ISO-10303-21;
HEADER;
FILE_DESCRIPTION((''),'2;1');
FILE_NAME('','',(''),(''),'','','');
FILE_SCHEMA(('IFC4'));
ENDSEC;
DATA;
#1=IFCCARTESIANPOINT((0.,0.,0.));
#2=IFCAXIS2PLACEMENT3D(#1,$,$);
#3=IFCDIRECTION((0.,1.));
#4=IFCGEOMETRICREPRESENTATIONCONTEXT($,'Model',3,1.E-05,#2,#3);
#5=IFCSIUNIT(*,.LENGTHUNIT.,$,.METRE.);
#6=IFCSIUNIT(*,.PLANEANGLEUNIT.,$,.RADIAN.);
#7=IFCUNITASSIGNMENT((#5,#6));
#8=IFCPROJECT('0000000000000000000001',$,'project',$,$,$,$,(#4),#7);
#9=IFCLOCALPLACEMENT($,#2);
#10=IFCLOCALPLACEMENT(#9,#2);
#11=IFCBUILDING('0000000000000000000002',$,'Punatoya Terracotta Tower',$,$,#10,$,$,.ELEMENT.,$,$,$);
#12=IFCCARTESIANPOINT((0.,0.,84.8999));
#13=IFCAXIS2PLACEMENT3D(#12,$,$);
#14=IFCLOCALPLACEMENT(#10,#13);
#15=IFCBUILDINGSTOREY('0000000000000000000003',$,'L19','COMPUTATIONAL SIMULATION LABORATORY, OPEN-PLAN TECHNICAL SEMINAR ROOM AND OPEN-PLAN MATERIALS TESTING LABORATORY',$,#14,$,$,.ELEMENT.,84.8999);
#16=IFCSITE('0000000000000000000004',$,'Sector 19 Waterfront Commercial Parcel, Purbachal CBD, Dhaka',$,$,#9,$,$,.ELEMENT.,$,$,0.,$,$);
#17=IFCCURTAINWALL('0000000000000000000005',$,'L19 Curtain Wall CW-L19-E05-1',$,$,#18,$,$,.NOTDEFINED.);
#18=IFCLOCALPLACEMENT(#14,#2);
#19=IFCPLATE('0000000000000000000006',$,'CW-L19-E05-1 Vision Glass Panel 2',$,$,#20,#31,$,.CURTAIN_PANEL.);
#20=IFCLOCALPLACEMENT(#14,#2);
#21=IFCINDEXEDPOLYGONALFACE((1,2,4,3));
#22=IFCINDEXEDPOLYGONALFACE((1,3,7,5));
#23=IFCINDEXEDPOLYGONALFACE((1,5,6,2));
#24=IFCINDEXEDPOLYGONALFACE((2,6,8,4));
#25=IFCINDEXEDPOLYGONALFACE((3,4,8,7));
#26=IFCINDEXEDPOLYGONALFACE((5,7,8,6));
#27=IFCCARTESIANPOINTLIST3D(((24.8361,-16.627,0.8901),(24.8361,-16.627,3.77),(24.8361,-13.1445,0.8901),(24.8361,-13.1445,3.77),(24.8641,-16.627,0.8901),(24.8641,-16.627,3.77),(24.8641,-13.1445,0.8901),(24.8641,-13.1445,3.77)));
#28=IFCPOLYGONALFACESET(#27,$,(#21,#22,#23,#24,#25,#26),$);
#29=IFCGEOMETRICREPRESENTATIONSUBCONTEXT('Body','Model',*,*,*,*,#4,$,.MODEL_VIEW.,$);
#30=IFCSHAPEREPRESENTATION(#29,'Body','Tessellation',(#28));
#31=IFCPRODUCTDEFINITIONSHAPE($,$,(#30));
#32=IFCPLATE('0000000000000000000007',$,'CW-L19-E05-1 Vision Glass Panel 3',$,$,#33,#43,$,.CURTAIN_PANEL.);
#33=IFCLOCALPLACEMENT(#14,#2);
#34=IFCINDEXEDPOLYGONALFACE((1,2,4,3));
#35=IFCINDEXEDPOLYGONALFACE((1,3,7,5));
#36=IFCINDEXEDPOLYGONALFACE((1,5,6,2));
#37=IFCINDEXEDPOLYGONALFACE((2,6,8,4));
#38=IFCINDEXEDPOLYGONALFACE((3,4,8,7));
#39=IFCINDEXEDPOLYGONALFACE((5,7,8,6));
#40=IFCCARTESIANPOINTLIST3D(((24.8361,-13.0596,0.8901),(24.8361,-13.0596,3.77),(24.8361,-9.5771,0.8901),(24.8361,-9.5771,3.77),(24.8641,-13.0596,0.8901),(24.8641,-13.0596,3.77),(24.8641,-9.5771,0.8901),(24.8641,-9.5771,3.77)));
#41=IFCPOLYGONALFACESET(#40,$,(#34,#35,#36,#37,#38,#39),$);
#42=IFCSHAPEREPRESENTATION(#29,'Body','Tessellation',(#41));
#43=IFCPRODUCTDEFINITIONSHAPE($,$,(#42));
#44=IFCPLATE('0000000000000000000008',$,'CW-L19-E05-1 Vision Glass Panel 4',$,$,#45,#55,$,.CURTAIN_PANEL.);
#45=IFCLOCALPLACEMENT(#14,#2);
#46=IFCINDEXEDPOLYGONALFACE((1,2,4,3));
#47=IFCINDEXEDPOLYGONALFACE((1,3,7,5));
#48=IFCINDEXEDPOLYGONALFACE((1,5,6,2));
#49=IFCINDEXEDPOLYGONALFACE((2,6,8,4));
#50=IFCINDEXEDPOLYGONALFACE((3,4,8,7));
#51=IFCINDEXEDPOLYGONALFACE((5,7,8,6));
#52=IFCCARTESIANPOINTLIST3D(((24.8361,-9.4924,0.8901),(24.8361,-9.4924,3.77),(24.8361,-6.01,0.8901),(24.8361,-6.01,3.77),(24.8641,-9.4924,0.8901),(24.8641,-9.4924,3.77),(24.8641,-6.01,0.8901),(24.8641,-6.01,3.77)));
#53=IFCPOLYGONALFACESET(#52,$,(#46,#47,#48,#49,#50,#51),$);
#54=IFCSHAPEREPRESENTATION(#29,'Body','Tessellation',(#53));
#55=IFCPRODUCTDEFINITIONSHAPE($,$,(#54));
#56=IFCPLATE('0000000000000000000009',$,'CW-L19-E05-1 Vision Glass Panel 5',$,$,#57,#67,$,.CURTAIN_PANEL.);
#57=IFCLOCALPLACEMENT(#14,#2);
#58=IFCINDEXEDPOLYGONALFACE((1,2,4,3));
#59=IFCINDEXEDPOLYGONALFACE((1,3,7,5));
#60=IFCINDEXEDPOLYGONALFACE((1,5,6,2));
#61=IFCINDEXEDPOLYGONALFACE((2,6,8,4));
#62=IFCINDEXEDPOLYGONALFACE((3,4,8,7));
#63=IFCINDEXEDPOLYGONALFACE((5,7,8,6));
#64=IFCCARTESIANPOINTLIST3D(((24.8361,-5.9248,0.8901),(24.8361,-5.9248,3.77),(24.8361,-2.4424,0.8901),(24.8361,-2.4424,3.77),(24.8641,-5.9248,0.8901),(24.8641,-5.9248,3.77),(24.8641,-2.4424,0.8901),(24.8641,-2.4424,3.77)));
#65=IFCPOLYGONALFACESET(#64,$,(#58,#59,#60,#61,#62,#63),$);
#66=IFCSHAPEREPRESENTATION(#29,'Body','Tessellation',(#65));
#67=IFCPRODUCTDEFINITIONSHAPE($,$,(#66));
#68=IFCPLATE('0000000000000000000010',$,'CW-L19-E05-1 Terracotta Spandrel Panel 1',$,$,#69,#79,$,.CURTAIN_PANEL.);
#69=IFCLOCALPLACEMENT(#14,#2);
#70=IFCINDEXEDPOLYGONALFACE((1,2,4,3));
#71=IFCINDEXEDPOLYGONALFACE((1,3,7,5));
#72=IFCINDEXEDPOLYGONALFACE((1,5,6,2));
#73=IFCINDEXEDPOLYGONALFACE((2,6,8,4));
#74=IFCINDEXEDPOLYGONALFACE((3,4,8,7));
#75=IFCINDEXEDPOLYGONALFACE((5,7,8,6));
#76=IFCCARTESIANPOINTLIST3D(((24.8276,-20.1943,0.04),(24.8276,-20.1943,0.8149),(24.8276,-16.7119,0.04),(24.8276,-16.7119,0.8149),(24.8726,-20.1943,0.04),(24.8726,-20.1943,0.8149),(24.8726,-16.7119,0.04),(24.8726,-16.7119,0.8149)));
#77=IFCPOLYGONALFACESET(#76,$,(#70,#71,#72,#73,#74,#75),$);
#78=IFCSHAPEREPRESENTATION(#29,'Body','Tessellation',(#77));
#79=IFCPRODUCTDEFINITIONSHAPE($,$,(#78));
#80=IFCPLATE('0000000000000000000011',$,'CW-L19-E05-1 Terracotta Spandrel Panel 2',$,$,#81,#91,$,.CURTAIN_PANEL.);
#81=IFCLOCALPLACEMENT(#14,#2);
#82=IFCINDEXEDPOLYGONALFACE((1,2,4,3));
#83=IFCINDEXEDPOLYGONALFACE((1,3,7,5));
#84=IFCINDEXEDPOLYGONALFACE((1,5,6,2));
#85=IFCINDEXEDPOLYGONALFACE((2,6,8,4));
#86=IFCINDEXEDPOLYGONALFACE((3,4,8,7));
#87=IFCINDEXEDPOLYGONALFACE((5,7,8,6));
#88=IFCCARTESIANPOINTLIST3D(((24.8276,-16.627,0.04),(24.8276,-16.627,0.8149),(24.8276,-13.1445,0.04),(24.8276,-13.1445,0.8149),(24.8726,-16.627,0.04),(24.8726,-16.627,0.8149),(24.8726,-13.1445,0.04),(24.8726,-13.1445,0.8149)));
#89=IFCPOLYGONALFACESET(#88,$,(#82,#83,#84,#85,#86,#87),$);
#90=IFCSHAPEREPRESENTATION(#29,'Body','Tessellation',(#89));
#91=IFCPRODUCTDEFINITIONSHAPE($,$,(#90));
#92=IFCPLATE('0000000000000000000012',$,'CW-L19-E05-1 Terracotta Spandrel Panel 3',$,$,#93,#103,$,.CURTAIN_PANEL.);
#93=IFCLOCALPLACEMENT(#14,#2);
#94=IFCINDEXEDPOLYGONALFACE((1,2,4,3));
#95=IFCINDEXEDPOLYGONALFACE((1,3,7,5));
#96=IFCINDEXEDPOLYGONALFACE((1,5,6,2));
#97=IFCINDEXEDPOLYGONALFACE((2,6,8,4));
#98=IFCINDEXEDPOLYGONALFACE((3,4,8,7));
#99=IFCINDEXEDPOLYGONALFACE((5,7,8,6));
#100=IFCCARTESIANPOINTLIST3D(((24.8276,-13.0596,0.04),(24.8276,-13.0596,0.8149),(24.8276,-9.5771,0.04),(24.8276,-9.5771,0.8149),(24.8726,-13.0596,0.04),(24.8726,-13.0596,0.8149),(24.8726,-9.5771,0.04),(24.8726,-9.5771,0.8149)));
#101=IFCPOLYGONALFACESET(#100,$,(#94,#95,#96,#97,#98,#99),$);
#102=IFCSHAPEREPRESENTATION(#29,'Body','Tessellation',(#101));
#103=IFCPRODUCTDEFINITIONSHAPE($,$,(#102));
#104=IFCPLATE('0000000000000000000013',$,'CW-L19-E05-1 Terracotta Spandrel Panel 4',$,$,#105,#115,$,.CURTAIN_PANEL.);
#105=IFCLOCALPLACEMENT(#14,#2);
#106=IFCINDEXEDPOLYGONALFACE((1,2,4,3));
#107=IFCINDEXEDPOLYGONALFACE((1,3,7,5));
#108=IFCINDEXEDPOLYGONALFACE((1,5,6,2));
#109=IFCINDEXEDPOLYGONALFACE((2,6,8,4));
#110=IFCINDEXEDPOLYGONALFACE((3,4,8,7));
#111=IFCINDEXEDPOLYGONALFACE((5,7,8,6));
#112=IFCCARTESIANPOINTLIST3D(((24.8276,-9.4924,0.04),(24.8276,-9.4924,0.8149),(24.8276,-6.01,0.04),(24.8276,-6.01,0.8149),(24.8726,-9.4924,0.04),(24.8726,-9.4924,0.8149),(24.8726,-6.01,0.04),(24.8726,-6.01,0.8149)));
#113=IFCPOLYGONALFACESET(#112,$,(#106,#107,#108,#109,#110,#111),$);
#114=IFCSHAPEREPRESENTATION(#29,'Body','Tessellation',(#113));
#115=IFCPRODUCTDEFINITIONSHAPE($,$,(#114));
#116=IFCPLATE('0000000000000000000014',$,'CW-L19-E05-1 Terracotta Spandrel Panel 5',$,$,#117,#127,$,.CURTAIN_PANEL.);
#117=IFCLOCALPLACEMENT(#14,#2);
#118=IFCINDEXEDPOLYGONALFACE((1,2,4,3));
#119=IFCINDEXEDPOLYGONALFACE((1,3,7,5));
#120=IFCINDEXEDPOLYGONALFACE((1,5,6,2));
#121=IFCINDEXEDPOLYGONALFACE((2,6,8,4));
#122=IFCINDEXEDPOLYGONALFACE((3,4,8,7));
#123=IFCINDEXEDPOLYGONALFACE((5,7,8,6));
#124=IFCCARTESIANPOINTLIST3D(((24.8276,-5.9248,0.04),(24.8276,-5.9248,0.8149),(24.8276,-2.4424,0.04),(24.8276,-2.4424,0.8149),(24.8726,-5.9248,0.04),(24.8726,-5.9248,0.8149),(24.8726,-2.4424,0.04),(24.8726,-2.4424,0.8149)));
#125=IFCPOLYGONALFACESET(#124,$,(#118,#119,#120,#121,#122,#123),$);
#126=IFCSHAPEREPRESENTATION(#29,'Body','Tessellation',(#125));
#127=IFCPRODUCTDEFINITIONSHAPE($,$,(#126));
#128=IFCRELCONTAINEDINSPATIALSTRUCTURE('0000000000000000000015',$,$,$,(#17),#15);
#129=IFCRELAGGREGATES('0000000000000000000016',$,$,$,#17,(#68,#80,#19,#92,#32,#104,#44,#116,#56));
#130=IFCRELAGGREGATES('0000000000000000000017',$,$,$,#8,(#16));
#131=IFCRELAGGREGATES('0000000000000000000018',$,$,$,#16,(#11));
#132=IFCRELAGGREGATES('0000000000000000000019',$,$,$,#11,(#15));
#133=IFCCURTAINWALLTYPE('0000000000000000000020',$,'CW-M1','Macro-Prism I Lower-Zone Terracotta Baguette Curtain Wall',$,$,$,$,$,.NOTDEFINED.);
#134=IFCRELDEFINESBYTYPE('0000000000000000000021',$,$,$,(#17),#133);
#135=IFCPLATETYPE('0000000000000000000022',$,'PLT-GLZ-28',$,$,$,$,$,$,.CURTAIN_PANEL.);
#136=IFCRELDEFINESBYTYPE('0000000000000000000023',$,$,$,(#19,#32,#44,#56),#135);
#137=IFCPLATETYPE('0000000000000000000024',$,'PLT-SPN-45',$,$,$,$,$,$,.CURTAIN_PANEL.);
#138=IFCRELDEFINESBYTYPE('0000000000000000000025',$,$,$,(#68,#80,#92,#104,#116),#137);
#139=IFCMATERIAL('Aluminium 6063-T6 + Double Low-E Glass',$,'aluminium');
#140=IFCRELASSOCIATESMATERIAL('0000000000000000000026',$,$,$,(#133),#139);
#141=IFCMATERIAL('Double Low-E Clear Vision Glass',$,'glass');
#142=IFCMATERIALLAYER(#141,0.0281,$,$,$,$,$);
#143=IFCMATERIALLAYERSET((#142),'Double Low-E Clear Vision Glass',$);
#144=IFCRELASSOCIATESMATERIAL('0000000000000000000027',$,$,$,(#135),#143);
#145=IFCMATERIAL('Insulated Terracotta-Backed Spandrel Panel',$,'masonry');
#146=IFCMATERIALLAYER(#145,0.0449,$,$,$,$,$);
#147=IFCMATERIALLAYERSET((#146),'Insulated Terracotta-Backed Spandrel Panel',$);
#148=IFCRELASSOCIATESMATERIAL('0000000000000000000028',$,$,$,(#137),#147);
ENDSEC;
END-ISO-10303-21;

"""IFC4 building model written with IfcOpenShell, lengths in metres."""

from ifc_helpers import new_model, si_unit, direction, frame, origin, origin_2d, place, context, subcontext, project, spatial, rectangle, extrude, material, layer, layer_set, type_object, element, aggregate, save


model = new_model("IFC4")

# Units and contexts
model_context = context("Model", 3, precision=1e-05, world=origin(), true_north=direction((0.0, 1.0)))
body_context = subcontext(model_context, "Body", "Model", "MODEL_VIEW")
ifc_project = project(units=[si_unit("LENGTHUNIT", "METRE"), si_unit("PLANEANGLEUNIT", "RADIAN")], contexts=[model_context])

# Site, building, storey
site_placement = place(None, origin())
site = spatial("IfcSite", under=ifc_project, at=site_placement, Name="Sector 19 Waterfront Commercial Parcel, Purbachal CBD, Dhaka", CompositionType="ELEMENT", RefElevation=0.0)
building_placement = place(site_placement, origin())
building = spatial("IfcBuilding", under=site, at=building_placement, Name="Punatoya Terracotta Tower", CompositionType="ELEMENT")
storey_placement = place(building_placement, frame((0.0, 0.0, 84.8999)))
storey = spatial("IfcBuildingStorey", under=building, at=storey_placement, Name="L19", Description="COMPUTATIONAL SIMULATION LABORATORY, OPEN-PLAN TECHNICAL SEMINAR ROOM AND OPEN-PLAN MATERIALS TESTING LABORATORY", CompositionType="ELEMENT", Elevation=84.8999)

# Curtain wall, plates
ifc_material_1 = material(Name="Aluminium 6063-T6 + Double Low-E Glass", Category="aluminium")
curtain_wall_type = type_object("IfcCurtainWallType", Name="CW-M1", Description="Macro-Prism I Lower-Zone Terracotta Baguette Curtain Wall", PredefinedType="NOTDEFINED", material=ifc_material_1)
curtain_wall_placement = place(storey_placement, origin())
curtain_wall = element("IfcCurtainWall", 1, at=curtain_wall_placement, inside=storey, type_object=curtain_wall_type, Name="L19 Curtain Wall CW-L19-E05-1", PredefinedType="NOTDEFINED")
ifc_material_2 = material(Name="Double Low-E Clear Vision Glass", Category="glass")
ifc_layer_1 = layer(ifc_material_2, 0.0281)
ifc_layer_set_1 = layer_set([ifc_layer_1], Name="Double Low-E Clear Vision Glass")
plate_type_1 = type_object("IfcPlateType", Name="PLT-GLZ-28", PredefinedType="CURTAIN_PANEL", material=ifc_layer_set_1)
plate_1_placement = place(storey_placement, frame((24.8501, -14.8857, 0.8901), z_axis=(0.0, 0.0, 1.0), x_axis=(0.0, 1.0, 0.0)))
plate_1 = element("IfcPlate", 2, at=plate_1_placement, type_object=plate_type_1, Name="CW-L19-E05-1 Vision Glass Panel 2", PredefinedType="CURTAIN_PANEL", context=body_context, shape_type="SweptSolid", body=[
    extrude(rectangle(XDim=3.4824, YDim=0.0281, at=origin_2d()), origin(), (0.0, 0.0, 1.0), 2.8799),
])
plate_2_placement = place(storey_placement, frame((24.8501, -11.3184, 0.8901), z_axis=(0.0, 0.0, 1.0), x_axis=(0.0, 1.0, 0.0)))
plate_2 = element("IfcPlate", 3, at=plate_2_placement, type_object=plate_type_1, Name="CW-L19-E05-1 Vision Glass Panel 3", PredefinedType="CURTAIN_PANEL", context=body_context, shape_type="SweptSolid", body=[
    extrude(rectangle(XDim=3.4824, YDim=0.0281, at=origin_2d()), origin(), (0.0, 0.0, 1.0), 2.8799),
])
plate_3_placement = place(storey_placement, frame((24.8501, -7.7512, 0.8901), z_axis=(0.0, 0.0, 1.0), x_axis=(0.0, 1.0, 0.0)))
plate_3 = element("IfcPlate", 4, at=plate_3_placement, type_object=plate_type_1, Name="CW-L19-E05-1 Vision Glass Panel 4", PredefinedType="CURTAIN_PANEL", context=body_context, shape_type="SweptSolid", body=[
    extrude(rectangle(XDim=3.4824, YDim=0.0281, at=origin_2d()), origin(), (0.0, 0.0, 1.0), 2.8799),
])
plate_4_placement = place(storey_placement, frame((24.8501, -4.1836, 0.8901), z_axis=(0.0, 0.0, 1.0), x_axis=(0.0, 1.0, 0.0)))
plate_4 = element("IfcPlate", 5, at=plate_4_placement, type_object=plate_type_1, Name="CW-L19-E05-1 Vision Glass Panel 5", PredefinedType="CURTAIN_PANEL", context=body_context, shape_type="SweptSolid", body=[
    extrude(rectangle(XDim=3.4824, YDim=0.0281, at=origin_2d()), origin(), (0.0, 0.0, 1.0), 2.8799),
])
ifc_material_3 = material(Name="Insulated Terracotta-Backed Spandrel Panel", Category="masonry")
ifc_layer_2 = layer(ifc_material_3, 0.0449)
ifc_layer_set_2 = layer_set([ifc_layer_2], Name="Insulated Terracotta-Backed Spandrel Panel")
plate_type_2 = type_object("IfcPlateType", Name="PLT-SPN-45", PredefinedType="CURTAIN_PANEL", material=ifc_layer_set_2)
plate_5_placement = place(storey_placement, frame((24.8501, -18.4531, 0.04), z_axis=(0.0, 0.0, 1.0), x_axis=(0.0, 1.0, 0.0)))
plate_5 = element("IfcPlate", 6, at=plate_5_placement, type_object=plate_type_2, Name="CW-L19-E05-1 Terracotta Spandrel Panel 1", PredefinedType="CURTAIN_PANEL", context=body_context, shape_type="SweptSolid", body=[
    extrude(rectangle(XDim=3.4824, YDim=0.0449, at=origin_2d()), origin(), (0.0, 0.0, 1.0), 0.7749),
])
plate_6_placement = place(storey_placement, frame((24.8501, -14.8857, 0.04), z_axis=(0.0, 0.0, 1.0), x_axis=(0.0, 1.0, 0.0)))
plate_6 = element("IfcPlate", 7, at=plate_6_placement, type_object=plate_type_2, Name="CW-L19-E05-1 Terracotta Spandrel Panel 2", PredefinedType="CURTAIN_PANEL", context=body_context, shape_type="SweptSolid", body=[
    extrude(rectangle(XDim=3.4824, YDim=0.0449, at=origin_2d()), origin(), (0.0, 0.0, 1.0), 0.7749),
])
plate_7_placement = place(storey_placement, frame((24.8501, -11.3184, 0.04), z_axis=(0.0, 0.0, 1.0), x_axis=(0.0, 1.0, 0.0)))
plate_7 = element("IfcPlate", 8, at=plate_7_placement, type_object=plate_type_2, Name="CW-L19-E05-1 Terracotta Spandrel Panel 3", PredefinedType="CURTAIN_PANEL", context=body_context, shape_type="SweptSolid", body=[
    extrude(rectangle(XDim=3.4824, YDim=0.0449, at=origin_2d()), origin(), (0.0, 0.0, 1.0), 0.7749),
])
plate_8_placement = place(storey_placement, frame((24.8501, -7.7512, 0.04), z_axis=(0.0, 0.0, 1.0), x_axis=(0.0, 1.0, 0.0)))
plate_8 = element("IfcPlate", 9, at=plate_8_placement, type_object=plate_type_2, Name="CW-L19-E05-1 Terracotta Spandrel Panel 4", PredefinedType="CURTAIN_PANEL", context=body_context, shape_type="SweptSolid", body=[
    extrude(rectangle(XDim=3.4824, YDim=0.0449, at=origin_2d()), origin(), (0.0, 0.0, 1.0), 0.7749),
])
plate_9_placement = place(storey_placement, frame((24.8501, -4.1836, 0.04), z_axis=(0.0, 0.0, 1.0), x_axis=(0.0, 1.0, 0.0)))
plate_9 = element("IfcPlate", 10, at=plate_9_placement, type_object=plate_type_2, Name="CW-L19-E05-1 Terracotta Spandrel Panel 5", PredefinedType="CURTAIN_PANEL", context=body_context, shape_type="SweptSolid", body=[
    extrude(rectangle(XDim=3.4824, YDim=0.0449, at=origin_2d()), origin(), (0.0, 0.0, 1.0), 0.7749),
])
aggregate(curtain_wall, [plate_5, plate_6, plate_1, plate_7, plate_2, plate_8, plate_3, plate_9, plate_4])

save(model, "model.ifc")
